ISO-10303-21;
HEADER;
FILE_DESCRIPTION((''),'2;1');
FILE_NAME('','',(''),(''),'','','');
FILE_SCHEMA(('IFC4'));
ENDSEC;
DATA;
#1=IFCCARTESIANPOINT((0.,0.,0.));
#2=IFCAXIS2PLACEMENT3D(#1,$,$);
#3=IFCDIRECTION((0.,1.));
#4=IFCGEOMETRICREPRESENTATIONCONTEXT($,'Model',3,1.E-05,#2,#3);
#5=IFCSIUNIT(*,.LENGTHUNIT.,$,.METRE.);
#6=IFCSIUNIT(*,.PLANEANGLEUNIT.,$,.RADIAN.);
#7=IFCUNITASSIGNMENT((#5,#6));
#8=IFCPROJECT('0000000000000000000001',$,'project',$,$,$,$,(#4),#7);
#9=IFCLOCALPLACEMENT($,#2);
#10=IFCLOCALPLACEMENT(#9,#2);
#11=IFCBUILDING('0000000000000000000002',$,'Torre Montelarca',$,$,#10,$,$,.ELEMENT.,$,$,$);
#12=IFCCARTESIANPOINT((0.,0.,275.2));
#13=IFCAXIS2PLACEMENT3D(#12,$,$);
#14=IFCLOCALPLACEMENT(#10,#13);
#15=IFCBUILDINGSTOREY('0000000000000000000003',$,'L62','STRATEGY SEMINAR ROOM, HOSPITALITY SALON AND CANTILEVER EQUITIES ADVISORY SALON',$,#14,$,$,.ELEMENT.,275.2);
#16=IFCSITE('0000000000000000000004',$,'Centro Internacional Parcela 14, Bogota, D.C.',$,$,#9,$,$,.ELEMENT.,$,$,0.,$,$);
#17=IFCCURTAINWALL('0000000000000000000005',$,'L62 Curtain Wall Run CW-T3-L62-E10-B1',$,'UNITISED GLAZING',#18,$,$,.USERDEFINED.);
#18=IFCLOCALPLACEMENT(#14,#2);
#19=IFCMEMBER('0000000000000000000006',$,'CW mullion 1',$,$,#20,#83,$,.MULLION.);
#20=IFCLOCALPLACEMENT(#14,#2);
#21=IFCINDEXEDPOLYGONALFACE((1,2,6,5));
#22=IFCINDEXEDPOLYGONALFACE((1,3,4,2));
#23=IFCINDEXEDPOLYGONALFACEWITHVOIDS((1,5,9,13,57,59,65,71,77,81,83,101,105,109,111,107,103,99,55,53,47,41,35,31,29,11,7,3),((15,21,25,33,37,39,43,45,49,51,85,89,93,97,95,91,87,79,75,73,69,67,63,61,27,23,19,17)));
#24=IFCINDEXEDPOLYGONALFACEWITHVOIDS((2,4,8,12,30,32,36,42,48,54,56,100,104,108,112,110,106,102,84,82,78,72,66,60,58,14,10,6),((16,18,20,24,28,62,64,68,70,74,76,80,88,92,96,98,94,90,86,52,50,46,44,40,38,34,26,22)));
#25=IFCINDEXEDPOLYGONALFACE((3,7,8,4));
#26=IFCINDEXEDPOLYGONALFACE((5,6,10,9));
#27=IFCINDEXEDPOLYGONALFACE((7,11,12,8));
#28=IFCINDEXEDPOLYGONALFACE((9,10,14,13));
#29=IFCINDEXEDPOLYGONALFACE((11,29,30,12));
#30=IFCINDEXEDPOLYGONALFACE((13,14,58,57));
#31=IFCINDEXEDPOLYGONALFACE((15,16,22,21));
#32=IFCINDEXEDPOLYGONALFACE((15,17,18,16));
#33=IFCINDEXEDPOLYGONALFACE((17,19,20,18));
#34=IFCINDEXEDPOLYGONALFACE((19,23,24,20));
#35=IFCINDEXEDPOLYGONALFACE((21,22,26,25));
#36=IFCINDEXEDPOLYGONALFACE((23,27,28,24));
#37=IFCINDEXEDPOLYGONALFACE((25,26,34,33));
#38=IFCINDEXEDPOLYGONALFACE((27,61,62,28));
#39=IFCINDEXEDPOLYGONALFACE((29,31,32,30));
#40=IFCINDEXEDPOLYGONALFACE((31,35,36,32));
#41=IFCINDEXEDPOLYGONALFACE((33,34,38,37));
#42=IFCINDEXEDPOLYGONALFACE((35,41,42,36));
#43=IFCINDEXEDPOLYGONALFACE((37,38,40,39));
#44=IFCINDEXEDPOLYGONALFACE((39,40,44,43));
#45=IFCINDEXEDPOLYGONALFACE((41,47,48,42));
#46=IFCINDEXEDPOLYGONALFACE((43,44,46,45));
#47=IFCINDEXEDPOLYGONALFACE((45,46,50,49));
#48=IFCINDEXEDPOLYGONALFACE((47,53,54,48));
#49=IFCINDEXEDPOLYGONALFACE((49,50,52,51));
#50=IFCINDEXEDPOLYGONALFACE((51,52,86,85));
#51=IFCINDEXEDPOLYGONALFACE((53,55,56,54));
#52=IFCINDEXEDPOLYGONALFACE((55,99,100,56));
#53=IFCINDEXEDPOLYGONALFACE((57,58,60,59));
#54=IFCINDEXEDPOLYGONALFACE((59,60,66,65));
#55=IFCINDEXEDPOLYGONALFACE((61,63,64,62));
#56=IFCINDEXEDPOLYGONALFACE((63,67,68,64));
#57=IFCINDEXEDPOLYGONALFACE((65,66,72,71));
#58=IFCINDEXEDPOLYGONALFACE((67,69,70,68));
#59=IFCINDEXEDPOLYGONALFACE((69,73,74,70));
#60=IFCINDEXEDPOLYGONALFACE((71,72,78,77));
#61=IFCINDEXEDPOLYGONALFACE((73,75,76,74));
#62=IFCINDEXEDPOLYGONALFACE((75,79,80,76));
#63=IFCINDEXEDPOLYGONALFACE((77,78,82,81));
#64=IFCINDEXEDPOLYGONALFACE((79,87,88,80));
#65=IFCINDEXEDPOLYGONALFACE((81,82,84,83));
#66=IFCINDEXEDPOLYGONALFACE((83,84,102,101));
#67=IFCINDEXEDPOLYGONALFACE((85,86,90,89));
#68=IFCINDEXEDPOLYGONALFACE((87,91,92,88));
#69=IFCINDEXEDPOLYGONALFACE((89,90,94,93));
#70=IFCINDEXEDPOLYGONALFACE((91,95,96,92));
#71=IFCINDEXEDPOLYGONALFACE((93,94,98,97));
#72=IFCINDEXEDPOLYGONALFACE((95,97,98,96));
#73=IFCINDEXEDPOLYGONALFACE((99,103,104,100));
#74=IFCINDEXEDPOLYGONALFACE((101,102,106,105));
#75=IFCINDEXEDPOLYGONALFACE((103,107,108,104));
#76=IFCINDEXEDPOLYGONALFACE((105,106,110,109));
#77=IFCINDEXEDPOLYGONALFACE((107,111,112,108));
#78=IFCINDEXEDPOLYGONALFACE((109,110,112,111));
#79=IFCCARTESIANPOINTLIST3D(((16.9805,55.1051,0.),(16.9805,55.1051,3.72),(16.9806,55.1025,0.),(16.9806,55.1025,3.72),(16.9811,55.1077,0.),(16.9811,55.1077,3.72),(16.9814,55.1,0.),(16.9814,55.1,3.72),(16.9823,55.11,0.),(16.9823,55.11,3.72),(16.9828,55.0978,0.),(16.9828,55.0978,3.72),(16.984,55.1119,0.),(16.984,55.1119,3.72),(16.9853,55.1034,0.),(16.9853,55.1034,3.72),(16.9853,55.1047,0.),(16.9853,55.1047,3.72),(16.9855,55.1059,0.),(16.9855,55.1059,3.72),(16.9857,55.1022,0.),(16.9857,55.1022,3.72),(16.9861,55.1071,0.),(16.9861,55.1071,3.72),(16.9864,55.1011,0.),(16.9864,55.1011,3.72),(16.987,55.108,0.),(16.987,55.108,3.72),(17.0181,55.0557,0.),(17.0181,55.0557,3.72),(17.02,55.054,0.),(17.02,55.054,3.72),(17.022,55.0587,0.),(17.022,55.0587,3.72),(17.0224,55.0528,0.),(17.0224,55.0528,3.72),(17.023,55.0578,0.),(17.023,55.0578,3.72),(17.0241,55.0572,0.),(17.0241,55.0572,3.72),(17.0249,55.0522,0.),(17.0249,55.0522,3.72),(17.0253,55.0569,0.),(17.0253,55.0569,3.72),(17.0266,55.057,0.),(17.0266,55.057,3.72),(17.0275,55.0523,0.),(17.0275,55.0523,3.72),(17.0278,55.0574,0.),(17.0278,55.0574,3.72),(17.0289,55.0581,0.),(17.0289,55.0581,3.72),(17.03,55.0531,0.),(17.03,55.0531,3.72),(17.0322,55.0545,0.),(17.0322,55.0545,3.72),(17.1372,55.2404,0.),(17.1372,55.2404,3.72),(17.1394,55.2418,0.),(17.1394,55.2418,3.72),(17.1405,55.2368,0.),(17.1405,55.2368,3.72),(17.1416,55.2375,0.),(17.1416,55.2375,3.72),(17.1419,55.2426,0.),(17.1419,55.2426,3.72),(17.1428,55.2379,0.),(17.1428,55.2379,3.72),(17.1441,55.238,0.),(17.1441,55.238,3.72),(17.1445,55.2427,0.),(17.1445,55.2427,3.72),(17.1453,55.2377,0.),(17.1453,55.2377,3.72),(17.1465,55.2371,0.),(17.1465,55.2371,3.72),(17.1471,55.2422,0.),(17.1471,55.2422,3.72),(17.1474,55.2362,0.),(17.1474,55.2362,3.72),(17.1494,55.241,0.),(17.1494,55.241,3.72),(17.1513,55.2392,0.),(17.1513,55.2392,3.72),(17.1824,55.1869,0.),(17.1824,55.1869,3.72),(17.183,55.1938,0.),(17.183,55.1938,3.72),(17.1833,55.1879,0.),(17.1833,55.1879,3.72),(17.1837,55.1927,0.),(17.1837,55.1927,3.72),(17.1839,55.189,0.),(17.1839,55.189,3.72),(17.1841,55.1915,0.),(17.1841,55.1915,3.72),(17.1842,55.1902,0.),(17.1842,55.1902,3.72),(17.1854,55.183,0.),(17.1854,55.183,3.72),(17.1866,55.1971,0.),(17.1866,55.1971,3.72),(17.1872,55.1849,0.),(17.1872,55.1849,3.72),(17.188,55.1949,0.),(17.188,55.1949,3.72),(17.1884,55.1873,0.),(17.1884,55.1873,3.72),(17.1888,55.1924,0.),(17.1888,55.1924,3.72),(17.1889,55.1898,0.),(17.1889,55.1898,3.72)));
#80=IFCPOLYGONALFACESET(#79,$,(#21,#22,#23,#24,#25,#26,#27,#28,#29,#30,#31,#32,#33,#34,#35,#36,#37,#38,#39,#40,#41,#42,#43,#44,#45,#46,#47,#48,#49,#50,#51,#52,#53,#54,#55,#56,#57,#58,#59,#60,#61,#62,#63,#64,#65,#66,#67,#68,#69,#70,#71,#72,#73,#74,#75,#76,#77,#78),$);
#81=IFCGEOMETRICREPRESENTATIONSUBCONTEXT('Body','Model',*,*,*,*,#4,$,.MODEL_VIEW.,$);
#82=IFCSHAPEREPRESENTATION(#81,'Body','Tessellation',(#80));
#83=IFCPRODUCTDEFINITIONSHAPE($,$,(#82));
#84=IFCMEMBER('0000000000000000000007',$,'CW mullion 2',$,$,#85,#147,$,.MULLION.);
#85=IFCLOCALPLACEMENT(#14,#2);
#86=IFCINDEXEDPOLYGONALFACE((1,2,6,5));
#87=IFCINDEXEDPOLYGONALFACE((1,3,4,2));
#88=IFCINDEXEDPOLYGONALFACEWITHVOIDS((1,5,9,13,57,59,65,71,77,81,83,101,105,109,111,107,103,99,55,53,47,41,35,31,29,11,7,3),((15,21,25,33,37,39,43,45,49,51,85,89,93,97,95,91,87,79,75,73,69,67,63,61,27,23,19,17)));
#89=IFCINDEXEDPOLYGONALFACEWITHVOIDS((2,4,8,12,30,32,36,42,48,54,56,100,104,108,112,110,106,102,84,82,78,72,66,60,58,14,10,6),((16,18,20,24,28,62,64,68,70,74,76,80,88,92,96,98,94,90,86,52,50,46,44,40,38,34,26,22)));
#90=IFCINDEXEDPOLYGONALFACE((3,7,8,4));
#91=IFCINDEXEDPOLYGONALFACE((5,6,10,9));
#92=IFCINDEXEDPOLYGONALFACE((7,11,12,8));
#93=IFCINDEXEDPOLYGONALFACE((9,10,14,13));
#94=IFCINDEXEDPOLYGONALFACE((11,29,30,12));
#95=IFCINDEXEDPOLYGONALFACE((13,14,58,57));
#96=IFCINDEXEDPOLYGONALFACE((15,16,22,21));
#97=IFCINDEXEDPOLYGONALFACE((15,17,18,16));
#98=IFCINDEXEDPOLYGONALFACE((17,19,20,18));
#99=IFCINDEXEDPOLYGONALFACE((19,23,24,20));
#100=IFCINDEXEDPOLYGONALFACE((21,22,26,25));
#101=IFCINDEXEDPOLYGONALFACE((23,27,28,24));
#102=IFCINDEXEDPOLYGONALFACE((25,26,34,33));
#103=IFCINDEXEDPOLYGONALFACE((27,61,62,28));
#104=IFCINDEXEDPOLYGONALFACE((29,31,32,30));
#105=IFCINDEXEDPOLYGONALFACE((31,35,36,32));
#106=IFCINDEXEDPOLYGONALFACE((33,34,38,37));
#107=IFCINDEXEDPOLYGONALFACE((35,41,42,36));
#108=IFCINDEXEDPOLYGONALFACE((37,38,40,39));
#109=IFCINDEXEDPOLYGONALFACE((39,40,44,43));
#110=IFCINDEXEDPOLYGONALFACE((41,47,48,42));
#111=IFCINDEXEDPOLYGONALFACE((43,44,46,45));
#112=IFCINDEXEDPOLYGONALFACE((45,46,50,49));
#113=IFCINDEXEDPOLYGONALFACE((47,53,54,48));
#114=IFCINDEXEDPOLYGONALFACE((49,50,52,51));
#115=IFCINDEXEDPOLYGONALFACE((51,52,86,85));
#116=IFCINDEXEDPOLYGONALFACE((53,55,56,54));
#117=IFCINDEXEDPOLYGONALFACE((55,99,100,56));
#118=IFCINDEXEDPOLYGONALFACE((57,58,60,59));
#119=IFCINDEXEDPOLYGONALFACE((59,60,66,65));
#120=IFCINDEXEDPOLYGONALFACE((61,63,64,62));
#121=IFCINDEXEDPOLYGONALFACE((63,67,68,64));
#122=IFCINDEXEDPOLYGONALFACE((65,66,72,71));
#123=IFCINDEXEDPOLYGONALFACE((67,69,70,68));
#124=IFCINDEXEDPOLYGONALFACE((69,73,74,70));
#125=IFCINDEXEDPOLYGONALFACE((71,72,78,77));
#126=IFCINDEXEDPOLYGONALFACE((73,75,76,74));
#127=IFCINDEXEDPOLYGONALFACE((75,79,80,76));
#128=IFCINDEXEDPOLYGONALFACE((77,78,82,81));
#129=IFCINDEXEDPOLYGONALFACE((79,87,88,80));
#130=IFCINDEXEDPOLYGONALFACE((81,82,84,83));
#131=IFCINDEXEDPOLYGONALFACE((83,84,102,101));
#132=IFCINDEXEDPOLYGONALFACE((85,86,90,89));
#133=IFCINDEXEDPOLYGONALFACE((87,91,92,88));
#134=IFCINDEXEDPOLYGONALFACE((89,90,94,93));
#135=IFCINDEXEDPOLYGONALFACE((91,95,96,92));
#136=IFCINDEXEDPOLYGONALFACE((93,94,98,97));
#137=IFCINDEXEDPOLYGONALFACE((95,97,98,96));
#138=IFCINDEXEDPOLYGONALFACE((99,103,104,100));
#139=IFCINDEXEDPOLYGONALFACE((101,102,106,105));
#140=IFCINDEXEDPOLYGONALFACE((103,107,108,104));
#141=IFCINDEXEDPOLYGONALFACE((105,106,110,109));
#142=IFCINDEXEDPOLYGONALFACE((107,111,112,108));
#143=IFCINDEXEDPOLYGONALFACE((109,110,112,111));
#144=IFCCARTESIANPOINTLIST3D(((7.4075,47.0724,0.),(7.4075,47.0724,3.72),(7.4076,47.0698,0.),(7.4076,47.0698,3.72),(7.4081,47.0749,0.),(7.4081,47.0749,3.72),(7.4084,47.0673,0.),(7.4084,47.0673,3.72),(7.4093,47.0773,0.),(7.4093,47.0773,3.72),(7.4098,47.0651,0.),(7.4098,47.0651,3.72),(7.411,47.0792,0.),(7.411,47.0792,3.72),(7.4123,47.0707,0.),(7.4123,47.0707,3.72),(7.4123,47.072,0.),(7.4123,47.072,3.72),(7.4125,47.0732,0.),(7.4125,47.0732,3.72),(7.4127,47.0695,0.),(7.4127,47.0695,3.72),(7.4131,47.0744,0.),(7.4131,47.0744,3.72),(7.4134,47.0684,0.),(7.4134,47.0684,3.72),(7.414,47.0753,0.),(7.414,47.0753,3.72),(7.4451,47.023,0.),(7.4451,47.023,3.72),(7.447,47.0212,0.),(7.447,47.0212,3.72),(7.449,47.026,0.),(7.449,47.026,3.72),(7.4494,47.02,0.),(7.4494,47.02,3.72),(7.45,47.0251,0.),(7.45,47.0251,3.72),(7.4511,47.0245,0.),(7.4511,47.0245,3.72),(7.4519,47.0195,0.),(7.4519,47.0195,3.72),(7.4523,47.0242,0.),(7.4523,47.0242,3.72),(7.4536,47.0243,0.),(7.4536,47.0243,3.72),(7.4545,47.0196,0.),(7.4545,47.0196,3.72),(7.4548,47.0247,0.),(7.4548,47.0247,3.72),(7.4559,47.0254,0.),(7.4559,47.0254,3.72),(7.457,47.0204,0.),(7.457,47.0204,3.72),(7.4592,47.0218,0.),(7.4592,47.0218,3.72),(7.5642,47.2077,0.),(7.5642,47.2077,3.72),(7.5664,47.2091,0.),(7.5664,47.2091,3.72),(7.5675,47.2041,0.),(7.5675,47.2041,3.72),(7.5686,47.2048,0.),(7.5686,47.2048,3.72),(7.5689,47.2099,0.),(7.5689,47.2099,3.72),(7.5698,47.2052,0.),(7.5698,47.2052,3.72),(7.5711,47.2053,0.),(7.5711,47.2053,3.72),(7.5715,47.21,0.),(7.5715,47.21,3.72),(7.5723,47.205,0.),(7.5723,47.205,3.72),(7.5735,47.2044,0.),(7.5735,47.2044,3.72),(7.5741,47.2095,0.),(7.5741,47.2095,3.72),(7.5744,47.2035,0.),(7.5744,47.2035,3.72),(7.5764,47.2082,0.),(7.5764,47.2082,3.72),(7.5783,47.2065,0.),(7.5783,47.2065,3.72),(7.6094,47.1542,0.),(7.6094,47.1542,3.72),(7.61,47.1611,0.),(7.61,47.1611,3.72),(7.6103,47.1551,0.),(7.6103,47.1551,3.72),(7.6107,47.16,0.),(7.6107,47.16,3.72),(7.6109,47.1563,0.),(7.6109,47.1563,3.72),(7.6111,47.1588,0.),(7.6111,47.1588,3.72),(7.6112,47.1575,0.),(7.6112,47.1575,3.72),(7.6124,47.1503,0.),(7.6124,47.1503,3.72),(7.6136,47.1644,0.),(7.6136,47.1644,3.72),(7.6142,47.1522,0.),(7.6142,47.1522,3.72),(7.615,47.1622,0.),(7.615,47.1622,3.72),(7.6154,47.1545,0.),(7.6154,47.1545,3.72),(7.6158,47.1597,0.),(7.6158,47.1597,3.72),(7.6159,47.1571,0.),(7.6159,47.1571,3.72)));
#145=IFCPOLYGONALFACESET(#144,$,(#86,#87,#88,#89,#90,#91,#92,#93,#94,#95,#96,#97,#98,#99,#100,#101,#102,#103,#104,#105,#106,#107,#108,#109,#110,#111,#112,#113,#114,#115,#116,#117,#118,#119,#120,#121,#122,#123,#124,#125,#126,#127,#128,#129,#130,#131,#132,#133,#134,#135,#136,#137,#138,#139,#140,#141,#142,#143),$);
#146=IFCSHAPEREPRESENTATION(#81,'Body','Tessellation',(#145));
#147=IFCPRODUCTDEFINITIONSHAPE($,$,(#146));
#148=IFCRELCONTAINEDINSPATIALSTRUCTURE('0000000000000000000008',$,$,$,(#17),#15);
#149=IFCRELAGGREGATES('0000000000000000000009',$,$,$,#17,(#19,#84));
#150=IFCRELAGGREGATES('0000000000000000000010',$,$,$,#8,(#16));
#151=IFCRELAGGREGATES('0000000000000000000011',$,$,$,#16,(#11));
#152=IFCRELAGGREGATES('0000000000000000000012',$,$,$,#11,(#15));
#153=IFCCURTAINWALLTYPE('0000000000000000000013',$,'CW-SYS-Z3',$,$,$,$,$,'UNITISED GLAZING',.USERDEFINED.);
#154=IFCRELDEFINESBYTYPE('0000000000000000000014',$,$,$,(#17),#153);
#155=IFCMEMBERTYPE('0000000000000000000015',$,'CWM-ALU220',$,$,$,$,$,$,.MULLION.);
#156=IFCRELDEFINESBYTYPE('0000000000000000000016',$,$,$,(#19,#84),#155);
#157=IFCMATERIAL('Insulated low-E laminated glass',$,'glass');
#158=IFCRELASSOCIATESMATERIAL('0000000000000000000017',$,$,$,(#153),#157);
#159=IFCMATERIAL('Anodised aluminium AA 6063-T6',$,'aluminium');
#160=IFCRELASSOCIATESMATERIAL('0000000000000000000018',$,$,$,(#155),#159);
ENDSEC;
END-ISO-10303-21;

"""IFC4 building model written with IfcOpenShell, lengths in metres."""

from ifc_helpers import new_model, si_unit, direction, frame, origin, origin_2d, place, context, subcontext, project, spatial, hollow_rectangle, extrude, source, transform, mapped, material, material_profile, profile_set, type_object, element, aggregate, save


model = new_model("IFC4")

# Units and contexts
model_context = context("Model", 3, precision=1e-05, world=origin(), true_north=direction((0.0, 1.0)))
body_context = subcontext(model_context, "Body", "Model", "MODEL_VIEW")
ifc_project = project(units=[si_unit("LENGTHUNIT", "METRE"), si_unit("PLANEANGLEUNIT", "RADIAN")], contexts=[model_context])

# Site, building, storey
site_placement = place(None, origin())
site = spatial("IfcSite", under=ifc_project, at=site_placement, Name="Centro Internacional Parcela 14, Bogota, D.C.", CompositionType="ELEMENT", RefElevation=0.0)
building_placement = place(site_placement, origin())
building = spatial("IfcBuilding", under=site, at=building_placement, Name="Torre Montelarca", CompositionType="ELEMENT")
storey_placement = place(building_placement, frame((0.0, 0.0, 275.2)))
storey = spatial("IfcBuildingStorey", under=building, at=storey_placement, Name="L62", Description="STRATEGY SEMINAR ROOM, HOSPITALITY SALON AND CANTILEVER EQUITIES ADVISORY SALON", CompositionType="ELEMENT", Elevation=275.2)

# Curtain wall, members
ifc_material_1 = material(Name="Insulated low-E laminated glass", Category="glass")
curtain_wall_type = type_object("IfcCurtainWallType", Name="CW-SYS-Z3", ElementType="UNITISED GLAZING", PredefinedType="USERDEFINED", material=ifc_material_1)
ifc_material_2 = material(Name="Anodised aluminium AA 6063-T6", Category="aluminium")
curtain_wall_1_placement = place(storey_placement, origin())
curtain_wall_1 = element("IfcCurtainWall", 1, at=curtain_wall_1_placement, inside=storey, type_object=curtain_wall_type, Name="L62 Curtain Wall Run CW-T3-L62-E10-B1", ObjectType="UNITISED GLAZING", PredefinedType="USERDEFINED")
ifc_material_profile_1 = material_profile(ifc_material_2, hollow_rectangle(XDim=0.075, YDim=0.22, WallThickness=0.0049, InnerFilletRadius=0.0049, OuterFilletRadius=0.01, at=origin_2d()), Name="ALU75X220X5", Category="aluminium")
ifc_profile_set_1 = profile_set([ifc_material_profile_1], Name="Anodised aluminium AA 6063-T6")
member_type_1 = type_object("IfcMemberType", Name="CWM-ALU220", PredefinedType="MULLION", material=ifc_profile_set_1)
shared_shape_1 = source(origin(), body_context, "Body", "SweptSolid", [
    extrude(hollow_rectangle(XDim=0.075, YDim=0.22, WallThickness=0.0049, InnerFilletRadius=0.0049, OuterFilletRadius=0.01, at=origin_2d()), origin(), (0.0, 0.0, 1.0), 3.72),
])
member_1_placement = place(storey_placement, frame((17.0847, 55.1475, 0.0), z_axis=(0.0, 0.0, 1.0), x_axis=(0.642788, -0.766044, 0.0)))
member_1 = element("IfcMember", 2, at=member_1_placement, type_object=member_type_1, Name="CW mullion 1", PredefinedType="MULLION", context=body_context, shape_type="MappedRepresentation", body=[
    mapped(shared_shape_1, transform((0.0, 0.0, 0.0), scale=1.0)),
])
member_2_placement = place(storey_placement, frame((7.5117, 47.1147, 0.0), z_axis=(0.0, 0.0, 1.0), x_axis=(0.642788, -0.766044, 0.0)))
member_2 = element("IfcMember", 3, at=member_2_placement, type_object=member_type_1, Name="CW mullion 2", PredefinedType="MULLION", context=body_context, shape_type="MappedRepresentation", body=[
    mapped(shared_shape_1, transform((0.0, 0.0, 0.0), scale=1.0)),
])

aggregate(curtain_wall_1, [member_1, member_2])

save(model, "model.ifc")
